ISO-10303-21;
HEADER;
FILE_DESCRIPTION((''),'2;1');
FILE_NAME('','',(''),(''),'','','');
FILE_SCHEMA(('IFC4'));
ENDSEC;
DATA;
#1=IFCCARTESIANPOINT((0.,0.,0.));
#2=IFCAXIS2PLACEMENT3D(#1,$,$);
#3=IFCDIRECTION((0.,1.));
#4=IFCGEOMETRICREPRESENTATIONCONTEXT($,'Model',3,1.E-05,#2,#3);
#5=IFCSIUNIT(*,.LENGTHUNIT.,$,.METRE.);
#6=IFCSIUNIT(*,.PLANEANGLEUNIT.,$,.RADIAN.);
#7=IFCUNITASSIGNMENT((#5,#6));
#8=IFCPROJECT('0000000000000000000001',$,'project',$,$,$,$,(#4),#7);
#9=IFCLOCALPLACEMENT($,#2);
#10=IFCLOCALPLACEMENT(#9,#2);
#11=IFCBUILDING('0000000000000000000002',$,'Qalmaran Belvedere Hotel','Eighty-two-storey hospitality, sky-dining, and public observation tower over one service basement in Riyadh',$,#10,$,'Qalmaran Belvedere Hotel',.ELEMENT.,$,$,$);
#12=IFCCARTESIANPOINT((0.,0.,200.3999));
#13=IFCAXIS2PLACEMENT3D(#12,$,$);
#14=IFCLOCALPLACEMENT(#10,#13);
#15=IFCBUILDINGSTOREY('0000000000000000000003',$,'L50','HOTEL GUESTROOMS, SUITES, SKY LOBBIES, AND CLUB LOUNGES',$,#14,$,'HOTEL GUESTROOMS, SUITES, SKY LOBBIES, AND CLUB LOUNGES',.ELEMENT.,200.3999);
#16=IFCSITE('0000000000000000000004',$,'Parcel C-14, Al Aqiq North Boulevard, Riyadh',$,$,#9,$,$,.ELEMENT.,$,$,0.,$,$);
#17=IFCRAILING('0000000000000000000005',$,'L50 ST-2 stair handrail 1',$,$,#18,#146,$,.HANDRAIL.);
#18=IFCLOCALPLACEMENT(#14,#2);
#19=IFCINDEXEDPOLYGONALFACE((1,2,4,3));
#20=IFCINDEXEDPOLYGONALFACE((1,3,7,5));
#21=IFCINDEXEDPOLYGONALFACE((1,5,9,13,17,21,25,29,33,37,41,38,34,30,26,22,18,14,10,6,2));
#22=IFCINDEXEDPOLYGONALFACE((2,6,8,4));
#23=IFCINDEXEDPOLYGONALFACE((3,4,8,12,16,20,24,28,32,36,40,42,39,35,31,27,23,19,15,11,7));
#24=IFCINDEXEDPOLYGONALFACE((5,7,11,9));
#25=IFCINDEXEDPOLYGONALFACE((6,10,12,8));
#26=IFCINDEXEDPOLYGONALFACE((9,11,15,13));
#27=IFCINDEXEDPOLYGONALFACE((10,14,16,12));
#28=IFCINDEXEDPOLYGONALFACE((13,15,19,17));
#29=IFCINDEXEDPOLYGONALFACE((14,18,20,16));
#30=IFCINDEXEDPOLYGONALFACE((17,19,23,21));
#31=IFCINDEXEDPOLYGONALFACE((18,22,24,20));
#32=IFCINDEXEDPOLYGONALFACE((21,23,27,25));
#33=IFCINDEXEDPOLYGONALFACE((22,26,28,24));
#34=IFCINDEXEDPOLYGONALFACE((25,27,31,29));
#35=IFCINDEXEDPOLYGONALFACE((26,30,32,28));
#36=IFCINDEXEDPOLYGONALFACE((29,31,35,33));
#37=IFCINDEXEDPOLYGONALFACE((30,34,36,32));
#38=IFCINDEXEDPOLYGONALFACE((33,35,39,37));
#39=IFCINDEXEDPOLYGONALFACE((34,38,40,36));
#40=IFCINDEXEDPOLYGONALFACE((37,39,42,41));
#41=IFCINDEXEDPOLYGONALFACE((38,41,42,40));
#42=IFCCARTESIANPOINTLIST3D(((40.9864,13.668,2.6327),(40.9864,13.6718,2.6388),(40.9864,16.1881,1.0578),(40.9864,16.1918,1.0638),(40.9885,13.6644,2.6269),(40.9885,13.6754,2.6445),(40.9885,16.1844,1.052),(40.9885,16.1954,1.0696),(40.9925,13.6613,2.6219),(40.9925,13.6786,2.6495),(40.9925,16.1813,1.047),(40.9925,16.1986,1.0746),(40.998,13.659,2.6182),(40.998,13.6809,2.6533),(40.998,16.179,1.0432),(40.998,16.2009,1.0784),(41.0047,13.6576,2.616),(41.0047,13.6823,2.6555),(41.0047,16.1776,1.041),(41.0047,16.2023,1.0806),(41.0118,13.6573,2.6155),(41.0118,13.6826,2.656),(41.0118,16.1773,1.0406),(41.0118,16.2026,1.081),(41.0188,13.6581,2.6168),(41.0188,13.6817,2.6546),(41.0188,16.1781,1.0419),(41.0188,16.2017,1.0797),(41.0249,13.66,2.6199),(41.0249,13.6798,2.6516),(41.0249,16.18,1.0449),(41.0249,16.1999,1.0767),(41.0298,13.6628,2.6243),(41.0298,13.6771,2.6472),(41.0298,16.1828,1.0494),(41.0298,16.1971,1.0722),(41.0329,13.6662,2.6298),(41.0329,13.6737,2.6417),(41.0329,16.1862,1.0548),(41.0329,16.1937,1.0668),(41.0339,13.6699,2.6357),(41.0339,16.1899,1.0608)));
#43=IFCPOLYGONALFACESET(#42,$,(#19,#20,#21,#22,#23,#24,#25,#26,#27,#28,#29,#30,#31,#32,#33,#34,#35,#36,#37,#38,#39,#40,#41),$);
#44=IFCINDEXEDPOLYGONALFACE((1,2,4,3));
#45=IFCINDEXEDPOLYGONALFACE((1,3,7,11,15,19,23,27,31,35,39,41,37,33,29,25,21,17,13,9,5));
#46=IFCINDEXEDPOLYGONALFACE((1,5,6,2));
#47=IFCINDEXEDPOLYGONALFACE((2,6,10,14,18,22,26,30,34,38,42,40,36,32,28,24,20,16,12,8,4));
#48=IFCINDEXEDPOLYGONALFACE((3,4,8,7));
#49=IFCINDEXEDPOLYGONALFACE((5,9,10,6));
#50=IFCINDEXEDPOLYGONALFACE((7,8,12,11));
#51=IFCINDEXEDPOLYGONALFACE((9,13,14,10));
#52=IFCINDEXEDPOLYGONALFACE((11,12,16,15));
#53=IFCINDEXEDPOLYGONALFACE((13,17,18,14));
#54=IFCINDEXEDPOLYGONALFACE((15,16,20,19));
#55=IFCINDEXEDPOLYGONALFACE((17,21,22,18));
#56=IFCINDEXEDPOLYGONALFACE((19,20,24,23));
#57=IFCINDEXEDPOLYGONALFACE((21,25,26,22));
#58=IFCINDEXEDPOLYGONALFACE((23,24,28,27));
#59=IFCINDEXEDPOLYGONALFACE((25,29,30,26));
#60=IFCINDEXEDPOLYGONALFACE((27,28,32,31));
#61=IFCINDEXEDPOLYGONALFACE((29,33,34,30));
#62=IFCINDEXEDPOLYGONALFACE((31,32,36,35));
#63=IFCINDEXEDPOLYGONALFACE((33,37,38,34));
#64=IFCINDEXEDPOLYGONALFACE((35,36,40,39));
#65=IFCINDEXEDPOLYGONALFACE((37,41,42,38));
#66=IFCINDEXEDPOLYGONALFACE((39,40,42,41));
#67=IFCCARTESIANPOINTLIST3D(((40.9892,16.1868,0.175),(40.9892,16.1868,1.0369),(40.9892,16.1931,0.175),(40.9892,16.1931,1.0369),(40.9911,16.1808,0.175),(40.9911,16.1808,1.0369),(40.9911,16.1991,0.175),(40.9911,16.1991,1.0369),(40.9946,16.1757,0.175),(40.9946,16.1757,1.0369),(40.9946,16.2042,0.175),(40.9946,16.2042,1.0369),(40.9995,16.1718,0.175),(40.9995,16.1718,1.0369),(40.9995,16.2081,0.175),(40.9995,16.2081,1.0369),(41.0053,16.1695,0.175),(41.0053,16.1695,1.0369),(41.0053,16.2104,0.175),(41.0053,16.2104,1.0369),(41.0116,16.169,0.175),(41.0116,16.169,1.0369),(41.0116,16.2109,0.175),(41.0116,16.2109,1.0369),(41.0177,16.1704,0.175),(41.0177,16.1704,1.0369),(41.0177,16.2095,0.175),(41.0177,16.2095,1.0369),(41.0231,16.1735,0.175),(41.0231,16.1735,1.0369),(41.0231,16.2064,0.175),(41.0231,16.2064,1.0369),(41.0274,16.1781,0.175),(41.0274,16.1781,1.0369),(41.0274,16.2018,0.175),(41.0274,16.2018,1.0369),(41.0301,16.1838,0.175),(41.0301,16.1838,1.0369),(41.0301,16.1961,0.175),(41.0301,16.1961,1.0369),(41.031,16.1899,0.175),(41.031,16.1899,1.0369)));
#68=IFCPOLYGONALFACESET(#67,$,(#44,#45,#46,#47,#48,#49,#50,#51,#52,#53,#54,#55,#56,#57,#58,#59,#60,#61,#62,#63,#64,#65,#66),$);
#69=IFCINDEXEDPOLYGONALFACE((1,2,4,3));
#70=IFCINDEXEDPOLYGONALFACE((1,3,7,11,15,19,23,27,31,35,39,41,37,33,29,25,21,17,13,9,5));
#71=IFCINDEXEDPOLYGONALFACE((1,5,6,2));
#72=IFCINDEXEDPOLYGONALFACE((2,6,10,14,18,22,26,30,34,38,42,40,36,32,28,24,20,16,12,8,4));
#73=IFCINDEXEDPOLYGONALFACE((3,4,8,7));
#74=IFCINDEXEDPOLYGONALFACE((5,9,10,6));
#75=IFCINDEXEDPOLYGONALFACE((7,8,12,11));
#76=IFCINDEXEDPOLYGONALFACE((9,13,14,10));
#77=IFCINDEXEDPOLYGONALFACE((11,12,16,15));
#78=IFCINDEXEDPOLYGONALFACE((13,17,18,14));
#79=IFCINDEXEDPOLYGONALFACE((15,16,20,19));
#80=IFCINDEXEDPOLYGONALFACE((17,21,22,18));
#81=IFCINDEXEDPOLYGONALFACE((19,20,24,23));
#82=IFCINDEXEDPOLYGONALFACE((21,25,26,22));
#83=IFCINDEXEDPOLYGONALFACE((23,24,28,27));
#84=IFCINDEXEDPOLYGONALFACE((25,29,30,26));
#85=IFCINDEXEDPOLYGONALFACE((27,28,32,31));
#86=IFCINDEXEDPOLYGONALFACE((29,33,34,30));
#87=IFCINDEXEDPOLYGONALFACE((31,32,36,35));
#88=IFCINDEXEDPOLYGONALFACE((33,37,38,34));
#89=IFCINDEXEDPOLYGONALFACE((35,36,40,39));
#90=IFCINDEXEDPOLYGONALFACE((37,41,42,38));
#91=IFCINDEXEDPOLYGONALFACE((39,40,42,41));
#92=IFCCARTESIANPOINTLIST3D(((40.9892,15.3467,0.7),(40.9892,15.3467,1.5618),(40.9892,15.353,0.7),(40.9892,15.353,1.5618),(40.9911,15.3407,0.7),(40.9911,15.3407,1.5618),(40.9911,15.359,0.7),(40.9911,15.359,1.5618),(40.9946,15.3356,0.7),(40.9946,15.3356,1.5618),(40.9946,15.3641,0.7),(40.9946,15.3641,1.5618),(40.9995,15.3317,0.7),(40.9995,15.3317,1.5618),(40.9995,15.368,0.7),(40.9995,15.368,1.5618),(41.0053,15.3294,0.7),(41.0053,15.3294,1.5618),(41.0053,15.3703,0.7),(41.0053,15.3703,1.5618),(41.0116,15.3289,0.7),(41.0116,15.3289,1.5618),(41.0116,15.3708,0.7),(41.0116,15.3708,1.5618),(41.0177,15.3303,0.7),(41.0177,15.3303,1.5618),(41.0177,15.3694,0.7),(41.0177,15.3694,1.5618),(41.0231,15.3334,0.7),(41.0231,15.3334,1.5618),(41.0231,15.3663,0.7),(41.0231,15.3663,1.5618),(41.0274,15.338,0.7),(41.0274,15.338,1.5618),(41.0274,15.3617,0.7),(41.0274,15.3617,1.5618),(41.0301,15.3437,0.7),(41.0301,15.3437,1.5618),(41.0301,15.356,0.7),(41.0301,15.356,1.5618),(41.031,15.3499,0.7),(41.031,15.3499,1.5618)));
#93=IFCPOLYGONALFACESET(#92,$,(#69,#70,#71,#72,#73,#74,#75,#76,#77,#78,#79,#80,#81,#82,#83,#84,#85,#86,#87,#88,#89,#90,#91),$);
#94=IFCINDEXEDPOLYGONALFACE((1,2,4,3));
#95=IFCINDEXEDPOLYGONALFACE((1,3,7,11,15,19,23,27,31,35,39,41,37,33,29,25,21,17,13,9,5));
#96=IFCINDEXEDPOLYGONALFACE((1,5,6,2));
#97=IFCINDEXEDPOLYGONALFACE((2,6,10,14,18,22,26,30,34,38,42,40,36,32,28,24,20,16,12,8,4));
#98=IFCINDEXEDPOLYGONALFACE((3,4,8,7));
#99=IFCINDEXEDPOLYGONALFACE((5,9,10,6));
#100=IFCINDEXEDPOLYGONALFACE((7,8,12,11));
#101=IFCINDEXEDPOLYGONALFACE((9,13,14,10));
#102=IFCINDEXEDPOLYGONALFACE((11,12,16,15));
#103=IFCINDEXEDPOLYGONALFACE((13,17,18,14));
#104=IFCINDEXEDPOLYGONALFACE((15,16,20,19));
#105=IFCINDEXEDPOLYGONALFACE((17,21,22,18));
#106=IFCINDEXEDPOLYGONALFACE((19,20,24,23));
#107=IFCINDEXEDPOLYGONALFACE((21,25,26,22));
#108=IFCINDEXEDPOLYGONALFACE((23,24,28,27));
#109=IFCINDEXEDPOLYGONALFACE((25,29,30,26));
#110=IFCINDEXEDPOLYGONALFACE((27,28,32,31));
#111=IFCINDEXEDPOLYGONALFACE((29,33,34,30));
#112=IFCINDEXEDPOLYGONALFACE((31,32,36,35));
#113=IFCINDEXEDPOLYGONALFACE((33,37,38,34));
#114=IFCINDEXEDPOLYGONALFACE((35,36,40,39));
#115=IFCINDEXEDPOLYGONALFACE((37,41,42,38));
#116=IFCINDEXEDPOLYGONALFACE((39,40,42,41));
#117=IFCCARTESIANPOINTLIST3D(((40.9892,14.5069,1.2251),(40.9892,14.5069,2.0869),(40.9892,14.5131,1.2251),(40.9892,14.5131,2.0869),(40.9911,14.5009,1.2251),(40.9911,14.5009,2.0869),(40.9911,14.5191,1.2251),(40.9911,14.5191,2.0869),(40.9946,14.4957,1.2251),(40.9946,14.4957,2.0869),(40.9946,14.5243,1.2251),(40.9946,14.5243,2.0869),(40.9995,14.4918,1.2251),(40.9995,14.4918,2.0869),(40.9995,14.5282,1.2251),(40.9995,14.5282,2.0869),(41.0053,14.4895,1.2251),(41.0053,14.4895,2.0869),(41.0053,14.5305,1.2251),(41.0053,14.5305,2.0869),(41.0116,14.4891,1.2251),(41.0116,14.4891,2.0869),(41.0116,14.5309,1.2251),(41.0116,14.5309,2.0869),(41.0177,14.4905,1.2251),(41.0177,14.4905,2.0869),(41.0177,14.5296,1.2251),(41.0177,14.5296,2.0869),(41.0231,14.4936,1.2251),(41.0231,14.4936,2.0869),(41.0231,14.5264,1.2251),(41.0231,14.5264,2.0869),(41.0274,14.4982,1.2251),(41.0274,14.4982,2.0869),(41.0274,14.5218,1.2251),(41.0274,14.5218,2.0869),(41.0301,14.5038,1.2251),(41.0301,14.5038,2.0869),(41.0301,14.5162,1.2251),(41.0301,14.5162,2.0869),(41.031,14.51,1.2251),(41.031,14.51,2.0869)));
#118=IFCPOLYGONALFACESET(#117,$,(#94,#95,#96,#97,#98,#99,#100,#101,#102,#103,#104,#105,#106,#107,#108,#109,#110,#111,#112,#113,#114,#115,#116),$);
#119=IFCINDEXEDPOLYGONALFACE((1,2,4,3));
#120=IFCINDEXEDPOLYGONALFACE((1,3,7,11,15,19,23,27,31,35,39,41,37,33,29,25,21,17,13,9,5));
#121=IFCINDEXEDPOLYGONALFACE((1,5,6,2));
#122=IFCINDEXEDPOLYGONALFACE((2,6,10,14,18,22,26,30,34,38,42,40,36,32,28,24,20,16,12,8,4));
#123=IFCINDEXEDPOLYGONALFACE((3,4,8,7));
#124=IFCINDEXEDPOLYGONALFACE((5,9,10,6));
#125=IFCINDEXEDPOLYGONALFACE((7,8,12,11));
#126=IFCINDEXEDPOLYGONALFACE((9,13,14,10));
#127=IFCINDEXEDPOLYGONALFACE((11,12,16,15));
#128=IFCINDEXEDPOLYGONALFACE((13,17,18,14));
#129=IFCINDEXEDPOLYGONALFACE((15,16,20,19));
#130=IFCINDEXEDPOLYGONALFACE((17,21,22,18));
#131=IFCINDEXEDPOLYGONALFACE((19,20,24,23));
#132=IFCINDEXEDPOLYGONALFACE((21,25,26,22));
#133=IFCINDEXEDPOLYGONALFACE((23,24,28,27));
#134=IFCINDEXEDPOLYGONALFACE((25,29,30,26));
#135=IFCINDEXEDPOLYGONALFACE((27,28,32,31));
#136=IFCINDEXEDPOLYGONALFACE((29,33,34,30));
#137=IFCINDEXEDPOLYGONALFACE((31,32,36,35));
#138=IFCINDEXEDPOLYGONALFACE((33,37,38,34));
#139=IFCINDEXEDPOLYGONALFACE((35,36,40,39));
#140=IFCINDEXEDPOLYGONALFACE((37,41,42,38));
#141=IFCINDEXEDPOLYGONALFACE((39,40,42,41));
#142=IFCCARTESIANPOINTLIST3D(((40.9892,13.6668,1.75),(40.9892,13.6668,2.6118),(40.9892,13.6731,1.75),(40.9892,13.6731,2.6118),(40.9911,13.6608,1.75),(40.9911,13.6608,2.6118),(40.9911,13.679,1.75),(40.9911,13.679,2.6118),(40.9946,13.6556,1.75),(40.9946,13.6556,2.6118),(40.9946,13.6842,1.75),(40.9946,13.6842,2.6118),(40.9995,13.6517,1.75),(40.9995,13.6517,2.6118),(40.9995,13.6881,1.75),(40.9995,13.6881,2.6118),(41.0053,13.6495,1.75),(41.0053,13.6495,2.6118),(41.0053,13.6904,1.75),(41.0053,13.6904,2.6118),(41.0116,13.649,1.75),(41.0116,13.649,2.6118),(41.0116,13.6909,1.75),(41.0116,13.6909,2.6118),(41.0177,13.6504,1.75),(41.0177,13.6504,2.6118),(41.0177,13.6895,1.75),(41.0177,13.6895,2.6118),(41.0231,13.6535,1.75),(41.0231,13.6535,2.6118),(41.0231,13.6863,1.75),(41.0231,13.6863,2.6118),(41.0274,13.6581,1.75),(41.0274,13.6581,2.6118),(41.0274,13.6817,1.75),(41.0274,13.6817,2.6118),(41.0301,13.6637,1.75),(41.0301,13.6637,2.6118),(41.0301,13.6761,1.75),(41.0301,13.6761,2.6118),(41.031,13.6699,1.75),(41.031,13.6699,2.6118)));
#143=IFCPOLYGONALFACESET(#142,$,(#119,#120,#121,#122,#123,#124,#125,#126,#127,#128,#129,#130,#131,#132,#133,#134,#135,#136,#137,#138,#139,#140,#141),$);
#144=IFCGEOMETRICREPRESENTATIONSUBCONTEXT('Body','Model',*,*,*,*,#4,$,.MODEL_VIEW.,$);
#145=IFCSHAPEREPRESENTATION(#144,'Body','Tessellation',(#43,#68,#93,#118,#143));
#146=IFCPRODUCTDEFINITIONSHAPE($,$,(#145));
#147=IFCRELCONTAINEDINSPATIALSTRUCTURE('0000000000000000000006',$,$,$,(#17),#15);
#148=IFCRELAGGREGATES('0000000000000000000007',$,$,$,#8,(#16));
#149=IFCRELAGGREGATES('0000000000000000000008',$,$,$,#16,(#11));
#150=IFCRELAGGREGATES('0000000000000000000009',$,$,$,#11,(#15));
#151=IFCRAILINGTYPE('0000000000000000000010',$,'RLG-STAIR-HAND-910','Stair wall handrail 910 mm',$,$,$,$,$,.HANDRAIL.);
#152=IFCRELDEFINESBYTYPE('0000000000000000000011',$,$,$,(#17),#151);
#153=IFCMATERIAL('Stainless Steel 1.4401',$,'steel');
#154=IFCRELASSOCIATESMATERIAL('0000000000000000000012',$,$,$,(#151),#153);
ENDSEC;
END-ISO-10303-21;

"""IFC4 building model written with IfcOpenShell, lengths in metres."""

from ifc_helpers import new_model, si_unit, direction, frame, origin, origin_2d, place, context, subcontext, project, spatial, circle, extrude, material, type_object, element, save


model = new_model("IFC4")

# Units and contexts
model_context = context("Model", 3, precision=1e-05, world=origin(), true_north=direction((0.0, 1.0)))
body_context = subcontext(model_context, "Body", "Model", "MODEL_VIEW")
ifc_project = project(units=[si_unit("LENGTHUNIT", "METRE"), si_unit("PLANEANGLEUNIT", "RADIAN")], contexts=[model_context])

# Site, building, storey
site_placement = place(None, origin())
site = spatial("IfcSite", under=ifc_project, at=site_placement, Name="Parcel C-14, Al Aqiq North Boulevard, Riyadh", CompositionType="ELEMENT", RefElevation=0.0)
building_placement = place(site_placement, origin())
building = spatial("IfcBuilding", under=site, at=building_placement, Name="Qalmaran Belvedere Hotel", Description="Eighty-two-storey hospitality, sky-dining, and public observation tower over one service basement in Riyadh", LongName="Qalmaran Belvedere Hotel", CompositionType="ELEMENT")
storey_placement = place(building_placement, frame((0.0, 0.0, 200.3999)))
storey = spatial("IfcBuildingStorey", under=building, at=storey_placement, Name="L50", Description="HOTEL GUESTROOMS, SUITES, SKY LOBBIES, AND CLUB LOUNGES", LongName="HOTEL GUESTROOMS, SUITES, SKY LOBBIES, AND CLUB LOUNGES", CompositionType="ELEMENT", Elevation=200.3999)

# Railing
ifc_material_1 = material(Name="Stainless Steel 1.4401", Category="steel")
railing_type_1 = type_object("IfcRailingType", Name="RLG-STAIR-HAND-910", Description="Stair wall handrail 910 mm", PredefinedType="HANDRAIL", material=ifc_material_1)
railing_1_placement = place(storey_placement, frame((41.01, 16.1899, 0.175)))
element("IfcRailing", 1, at=railing_1_placement, inside=storey, type_object=railing_type_1, Name="L50 ST-2 stair handrail 1", PredefinedType="HANDRAIL", context=body_context, shape_type="SweptSolid", body=[
    extrude(circle(Radius=0.0239, at=origin_2d()), frame((0.0, 0.0, 0.8857), z_axis=(0.0, -0.848008, 0.529984), x_axis=(1.0, 0.0, 0.0)), (0.0, 0.0, 1.0), 2.9717),
    extrude(circle(Radius=0.021, at=origin_2d()), origin(), (0.0, 0.0, 1.0), 0.8618),
    extrude(circle(Radius=0.021, at=origin_2d()), frame((0.0, -0.8401, 0.5249)), (0.0, 0.0, 1.0), 0.8618),
    extrude(circle(Radius=0.021, at=origin_2d()), frame((0.0, -1.6799, 1.05)), (0.0, 0.0, 1.0), 0.8618),
    extrude(circle(Radius=0.021, at=origin_2d()), frame((0.0, -2.52, 1.575)), (0.0, 0.0, 1.0), 0.8618),
])

save(model, "model.ifc")
